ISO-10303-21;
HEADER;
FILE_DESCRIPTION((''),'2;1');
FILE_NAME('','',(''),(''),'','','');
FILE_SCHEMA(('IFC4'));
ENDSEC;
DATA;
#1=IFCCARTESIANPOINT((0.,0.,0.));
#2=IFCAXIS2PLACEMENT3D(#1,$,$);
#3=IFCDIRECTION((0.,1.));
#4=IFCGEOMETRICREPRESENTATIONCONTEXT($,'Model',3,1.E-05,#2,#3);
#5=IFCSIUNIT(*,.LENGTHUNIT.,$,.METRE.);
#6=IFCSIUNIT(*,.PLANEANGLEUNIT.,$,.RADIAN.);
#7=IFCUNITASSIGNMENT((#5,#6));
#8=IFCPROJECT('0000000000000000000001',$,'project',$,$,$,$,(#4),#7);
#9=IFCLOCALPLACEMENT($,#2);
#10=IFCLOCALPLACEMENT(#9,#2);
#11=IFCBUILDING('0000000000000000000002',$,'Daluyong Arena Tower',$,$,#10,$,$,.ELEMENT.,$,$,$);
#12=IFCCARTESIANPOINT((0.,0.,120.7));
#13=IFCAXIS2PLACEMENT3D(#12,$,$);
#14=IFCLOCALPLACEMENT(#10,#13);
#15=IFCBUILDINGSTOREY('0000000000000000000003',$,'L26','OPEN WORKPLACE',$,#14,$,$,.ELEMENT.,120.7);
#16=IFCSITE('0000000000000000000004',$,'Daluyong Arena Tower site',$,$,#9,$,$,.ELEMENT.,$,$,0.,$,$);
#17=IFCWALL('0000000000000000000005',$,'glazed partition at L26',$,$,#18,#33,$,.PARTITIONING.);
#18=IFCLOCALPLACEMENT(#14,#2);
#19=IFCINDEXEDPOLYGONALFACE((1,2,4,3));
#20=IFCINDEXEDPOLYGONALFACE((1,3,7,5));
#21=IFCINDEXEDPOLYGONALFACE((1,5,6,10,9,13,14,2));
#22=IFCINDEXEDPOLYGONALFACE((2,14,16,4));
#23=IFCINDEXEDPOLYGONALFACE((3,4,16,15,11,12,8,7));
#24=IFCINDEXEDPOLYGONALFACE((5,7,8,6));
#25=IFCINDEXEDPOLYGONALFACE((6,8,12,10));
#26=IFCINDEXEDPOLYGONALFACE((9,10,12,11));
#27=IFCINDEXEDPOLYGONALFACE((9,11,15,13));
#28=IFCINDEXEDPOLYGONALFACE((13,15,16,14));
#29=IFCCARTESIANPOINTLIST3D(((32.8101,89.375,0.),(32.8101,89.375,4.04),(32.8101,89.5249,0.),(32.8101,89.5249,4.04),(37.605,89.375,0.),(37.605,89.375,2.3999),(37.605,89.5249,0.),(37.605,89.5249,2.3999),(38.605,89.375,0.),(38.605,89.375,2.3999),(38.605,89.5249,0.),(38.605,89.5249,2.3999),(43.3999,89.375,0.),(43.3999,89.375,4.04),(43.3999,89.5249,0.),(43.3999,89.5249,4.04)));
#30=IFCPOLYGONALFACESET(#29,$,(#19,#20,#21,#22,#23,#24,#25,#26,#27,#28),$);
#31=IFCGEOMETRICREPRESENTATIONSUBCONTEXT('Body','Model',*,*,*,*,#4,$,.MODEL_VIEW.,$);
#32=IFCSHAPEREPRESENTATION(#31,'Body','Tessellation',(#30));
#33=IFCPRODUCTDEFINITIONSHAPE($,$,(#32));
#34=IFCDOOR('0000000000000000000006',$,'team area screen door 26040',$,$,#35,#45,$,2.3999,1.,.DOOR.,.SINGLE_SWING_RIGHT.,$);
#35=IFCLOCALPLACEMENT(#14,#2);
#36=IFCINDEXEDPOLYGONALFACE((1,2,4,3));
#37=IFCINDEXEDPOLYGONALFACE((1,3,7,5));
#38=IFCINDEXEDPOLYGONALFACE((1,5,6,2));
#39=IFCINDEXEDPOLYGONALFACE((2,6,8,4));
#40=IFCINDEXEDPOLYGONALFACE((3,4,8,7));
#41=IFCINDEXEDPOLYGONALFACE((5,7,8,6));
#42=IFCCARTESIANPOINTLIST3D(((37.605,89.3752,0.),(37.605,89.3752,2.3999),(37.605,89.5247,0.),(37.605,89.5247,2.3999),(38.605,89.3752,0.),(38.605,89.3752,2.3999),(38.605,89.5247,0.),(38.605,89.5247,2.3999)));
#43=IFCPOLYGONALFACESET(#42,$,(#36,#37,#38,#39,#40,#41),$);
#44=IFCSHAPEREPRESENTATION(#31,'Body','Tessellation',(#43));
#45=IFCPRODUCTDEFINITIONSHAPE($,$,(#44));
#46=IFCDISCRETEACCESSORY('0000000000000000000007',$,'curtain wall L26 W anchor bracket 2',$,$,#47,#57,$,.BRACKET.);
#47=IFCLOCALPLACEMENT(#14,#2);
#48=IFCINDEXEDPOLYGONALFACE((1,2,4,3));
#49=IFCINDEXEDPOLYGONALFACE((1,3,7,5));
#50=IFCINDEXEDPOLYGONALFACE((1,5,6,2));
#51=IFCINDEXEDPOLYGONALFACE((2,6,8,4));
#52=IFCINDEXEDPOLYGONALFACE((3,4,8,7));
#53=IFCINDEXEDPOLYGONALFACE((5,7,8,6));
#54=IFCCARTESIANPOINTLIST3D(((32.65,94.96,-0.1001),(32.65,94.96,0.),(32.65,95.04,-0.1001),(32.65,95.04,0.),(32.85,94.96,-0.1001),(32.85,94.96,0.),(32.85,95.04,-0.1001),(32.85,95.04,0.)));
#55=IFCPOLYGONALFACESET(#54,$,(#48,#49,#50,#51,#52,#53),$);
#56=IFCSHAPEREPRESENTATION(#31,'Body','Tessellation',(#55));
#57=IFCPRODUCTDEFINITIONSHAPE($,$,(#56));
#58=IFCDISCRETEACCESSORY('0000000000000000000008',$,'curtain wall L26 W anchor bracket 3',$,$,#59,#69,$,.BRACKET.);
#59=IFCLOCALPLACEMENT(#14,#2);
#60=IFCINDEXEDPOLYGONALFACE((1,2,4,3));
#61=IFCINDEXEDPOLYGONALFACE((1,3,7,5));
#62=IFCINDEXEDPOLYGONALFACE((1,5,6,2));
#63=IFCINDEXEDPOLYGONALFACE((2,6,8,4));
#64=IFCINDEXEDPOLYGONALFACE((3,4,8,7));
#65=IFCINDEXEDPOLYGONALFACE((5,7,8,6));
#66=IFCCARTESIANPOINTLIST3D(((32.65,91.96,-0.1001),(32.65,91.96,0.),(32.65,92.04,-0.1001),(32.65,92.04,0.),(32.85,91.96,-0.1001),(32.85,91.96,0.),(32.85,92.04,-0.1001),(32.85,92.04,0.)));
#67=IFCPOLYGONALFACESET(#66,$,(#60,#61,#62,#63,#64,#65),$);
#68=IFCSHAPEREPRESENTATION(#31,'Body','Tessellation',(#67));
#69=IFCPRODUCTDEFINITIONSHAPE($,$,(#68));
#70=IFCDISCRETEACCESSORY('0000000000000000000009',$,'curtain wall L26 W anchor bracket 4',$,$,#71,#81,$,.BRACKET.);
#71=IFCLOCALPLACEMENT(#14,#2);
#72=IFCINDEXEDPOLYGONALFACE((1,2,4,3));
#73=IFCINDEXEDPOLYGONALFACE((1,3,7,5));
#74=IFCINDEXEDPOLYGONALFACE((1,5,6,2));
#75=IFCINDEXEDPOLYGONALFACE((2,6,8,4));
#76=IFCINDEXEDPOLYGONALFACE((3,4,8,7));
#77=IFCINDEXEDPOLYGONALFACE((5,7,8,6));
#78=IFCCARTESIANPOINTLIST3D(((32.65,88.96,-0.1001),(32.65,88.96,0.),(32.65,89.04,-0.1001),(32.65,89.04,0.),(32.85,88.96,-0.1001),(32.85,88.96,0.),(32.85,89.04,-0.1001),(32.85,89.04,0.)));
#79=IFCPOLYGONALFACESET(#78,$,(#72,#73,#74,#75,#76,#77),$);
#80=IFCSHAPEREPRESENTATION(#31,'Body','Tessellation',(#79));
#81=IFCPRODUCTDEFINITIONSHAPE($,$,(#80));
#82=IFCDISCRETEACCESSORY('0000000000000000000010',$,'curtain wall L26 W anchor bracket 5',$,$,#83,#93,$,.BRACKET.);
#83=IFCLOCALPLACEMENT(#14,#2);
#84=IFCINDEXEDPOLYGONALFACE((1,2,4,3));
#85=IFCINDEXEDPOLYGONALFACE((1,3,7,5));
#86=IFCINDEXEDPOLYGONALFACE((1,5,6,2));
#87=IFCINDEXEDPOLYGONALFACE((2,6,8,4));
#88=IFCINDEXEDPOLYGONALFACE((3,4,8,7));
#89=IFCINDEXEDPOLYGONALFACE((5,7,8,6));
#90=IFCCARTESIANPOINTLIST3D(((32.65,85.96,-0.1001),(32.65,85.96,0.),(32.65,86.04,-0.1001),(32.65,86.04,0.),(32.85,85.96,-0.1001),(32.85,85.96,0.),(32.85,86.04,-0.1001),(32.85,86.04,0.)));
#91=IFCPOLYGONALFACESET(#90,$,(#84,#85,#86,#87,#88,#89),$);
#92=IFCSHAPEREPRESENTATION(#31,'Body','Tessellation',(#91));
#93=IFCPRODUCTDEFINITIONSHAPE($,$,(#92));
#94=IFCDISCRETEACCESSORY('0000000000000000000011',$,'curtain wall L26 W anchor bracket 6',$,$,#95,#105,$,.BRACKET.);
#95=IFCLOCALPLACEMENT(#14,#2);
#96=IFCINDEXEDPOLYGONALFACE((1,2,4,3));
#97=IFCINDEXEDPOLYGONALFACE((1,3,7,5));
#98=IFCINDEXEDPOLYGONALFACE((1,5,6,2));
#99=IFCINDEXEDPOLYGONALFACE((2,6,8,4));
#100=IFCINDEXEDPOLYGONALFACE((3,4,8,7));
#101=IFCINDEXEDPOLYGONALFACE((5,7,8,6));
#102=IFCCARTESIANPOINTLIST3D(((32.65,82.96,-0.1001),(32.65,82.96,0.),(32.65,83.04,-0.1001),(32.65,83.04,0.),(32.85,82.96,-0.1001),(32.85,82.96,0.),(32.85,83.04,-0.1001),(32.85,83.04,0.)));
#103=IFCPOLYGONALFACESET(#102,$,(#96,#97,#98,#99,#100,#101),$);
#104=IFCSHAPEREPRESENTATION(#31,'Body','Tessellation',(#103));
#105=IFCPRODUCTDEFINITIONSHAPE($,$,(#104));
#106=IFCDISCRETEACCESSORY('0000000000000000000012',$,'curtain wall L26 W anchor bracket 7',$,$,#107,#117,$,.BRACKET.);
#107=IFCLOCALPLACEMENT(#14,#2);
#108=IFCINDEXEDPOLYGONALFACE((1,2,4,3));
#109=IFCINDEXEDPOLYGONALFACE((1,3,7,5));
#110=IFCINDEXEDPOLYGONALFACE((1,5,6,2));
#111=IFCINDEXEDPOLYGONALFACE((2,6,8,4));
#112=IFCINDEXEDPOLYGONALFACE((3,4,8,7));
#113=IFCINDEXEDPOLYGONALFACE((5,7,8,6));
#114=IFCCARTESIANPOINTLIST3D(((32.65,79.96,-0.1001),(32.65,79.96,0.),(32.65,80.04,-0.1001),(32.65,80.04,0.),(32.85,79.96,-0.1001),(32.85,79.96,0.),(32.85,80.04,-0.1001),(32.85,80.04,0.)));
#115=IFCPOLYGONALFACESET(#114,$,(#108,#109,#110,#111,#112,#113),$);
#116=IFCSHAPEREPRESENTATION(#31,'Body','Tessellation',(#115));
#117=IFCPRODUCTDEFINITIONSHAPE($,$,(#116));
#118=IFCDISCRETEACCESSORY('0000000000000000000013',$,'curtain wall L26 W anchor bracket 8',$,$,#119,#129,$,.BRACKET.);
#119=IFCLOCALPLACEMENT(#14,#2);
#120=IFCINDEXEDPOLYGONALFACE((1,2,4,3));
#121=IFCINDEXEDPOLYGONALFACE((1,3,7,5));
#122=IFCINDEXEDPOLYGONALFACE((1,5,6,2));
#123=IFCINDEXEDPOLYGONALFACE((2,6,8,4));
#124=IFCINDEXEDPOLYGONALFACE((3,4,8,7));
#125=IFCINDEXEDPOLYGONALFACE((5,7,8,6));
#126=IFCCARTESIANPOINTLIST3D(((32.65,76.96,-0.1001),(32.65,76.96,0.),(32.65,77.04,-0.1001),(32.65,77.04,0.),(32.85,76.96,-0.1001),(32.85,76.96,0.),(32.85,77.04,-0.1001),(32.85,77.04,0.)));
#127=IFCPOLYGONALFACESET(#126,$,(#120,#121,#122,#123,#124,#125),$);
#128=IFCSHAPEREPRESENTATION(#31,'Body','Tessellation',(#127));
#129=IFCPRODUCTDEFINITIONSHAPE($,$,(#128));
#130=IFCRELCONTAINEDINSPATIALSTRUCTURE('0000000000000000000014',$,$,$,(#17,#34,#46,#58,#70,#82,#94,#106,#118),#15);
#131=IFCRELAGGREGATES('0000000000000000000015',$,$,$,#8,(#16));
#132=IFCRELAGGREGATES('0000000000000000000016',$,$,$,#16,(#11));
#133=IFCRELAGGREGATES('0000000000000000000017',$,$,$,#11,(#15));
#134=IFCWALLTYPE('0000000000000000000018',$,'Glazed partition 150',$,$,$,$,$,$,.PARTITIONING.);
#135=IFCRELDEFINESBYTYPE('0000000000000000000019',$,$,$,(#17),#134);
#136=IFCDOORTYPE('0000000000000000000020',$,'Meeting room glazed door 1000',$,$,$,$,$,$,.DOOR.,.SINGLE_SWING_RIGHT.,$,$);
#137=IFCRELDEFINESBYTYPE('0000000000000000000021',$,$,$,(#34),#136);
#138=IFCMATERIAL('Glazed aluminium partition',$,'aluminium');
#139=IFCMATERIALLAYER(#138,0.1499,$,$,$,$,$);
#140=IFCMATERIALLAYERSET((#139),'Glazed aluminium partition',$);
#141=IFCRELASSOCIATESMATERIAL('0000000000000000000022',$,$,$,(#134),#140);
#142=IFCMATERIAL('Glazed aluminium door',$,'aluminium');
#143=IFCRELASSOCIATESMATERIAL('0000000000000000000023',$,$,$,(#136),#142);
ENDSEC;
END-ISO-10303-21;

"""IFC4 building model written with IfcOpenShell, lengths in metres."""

from ifc_helpers import new_model, si_unit, direction, frame, frame_2d, origin, origin_2d, place, context, subcontext, project, spatial, rectangle, extrude, material, layer, layer_set, type_object, element, fill, save


model = new_model("IFC4")

# Units and contexts
model_context = context("Model", 3, precision=1e-05, world=origin(), true_north=direction((0.0, 1.0)))
body_context = subcontext(model_context, "Body", "Model", "MODEL_VIEW")
ifc_project = project(units=[si_unit("LENGTHUNIT", "METRE"), si_unit("PLANEANGLEUNIT", "RADIAN")], contexts=[model_context])

# Site, building, storey
site_placement = place(None, origin())
site = spatial("IfcSite", under=ifc_project, at=site_placement, Name="Daluyong Arena Tower site", CompositionType="ELEMENT", RefElevation=0.0)
building_placement = place(site_placement, origin())
building = spatial("IfcBuilding", under=site, at=building_placement, Name="Daluyong Arena Tower", CompositionType="ELEMENT")
storey_placement = place(building_placement, frame((0.0, 0.0, 120.7)))
storey = spatial("IfcBuildingStorey", under=building, at=storey_placement, Name="L26", Description="OPEN WORKPLACE", CompositionType="ELEMENT", Elevation=120.7)

# Wall, opening, door
ifc_material_1 = material(Name="Glazed aluminium partition", Category="aluminium")
ifc_layer_1 = layer(ifc_material_1, 0.1499)
ifc_layer_set_1 = layer_set([ifc_layer_1], Name="Glazed aluminium partition")
wall_type = type_object("IfcWallType", Name="Glazed partition 150", PredefinedType="PARTITIONING", material=ifc_layer_set_1)
wall_placement = place(storey_placement, frame((32.8101, 89.45, 0.0), z_axis=(0.0, 0.0, 1.0), x_axis=(1.0, 0.0, 0.0)))
wall = element("IfcWall", 1, at=wall_placement, inside=storey, type_object=wall_type, Name="glazed partition at L26", PredefinedType="PARTITIONING", context=body_context, shape_type="SweptSolid", body=[
    extrude(rectangle(XDim=10.5898, YDim=0.1499, at=frame_2d((5.2949, 0.0))), origin(), (0.0, 0.0, 1.0), 4.04),
])
opening_placement = place(wall_placement, frame((4.7949, 0.0, 0.0)))
opening = element("IfcOpeningElement", 2, at=opening_placement, cuts=wall, PredefinedType="OPENING", context=body_context, shape_type="SweptSolid", body=[
    extrude(rectangle(XDim=1.0, YDim=2.3999, at=frame_2d((0.5, 1.2))), frame((0.0, 0.085, 0.0), z_axis=(0.0, -1.0, 0.0), x_axis=(1.0, 0.0, 0.0)), (0.0, 0.0, 1.0), 0.1699),
])
ifc_material_2 = material(Name="Glazed aluminium door", Category="aluminium")
door_type = type_object("IfcDoorType", Name="Meeting room glazed door 1000", OperationType="SINGLE_SWING_RIGHT", PredefinedType="DOOR", material=ifc_material_2)
door_placement = place(opening_placement, origin())
door = element("IfcDoor", 3, at=door_placement, inside=storey, type_object=door_type, Name="team area screen door 26040", OperationType="SINGLE_SWING_RIGHT", OverallHeight=2.3999, OverallWidth=1.0, PredefinedType="DOOR", context=body_context, shape_type="SweptSolid", body=[
    extrude(rectangle(XDim=1.0, YDim=2.3999, at=frame_2d((0.5, 1.2))), frame((0.0, 0.0747, 0.0), z_axis=(0.0, -1.0, 0.0), x_axis=(1.0, 0.0, 0.0)), (0.0, 0.0, 1.0), 0.1494),
])
fill(opening, door)

# Discrete accessories
for number, where, z_axis, x_axis, name in (
    (4, (32.75, 95.0, -0.1001), (0.0, 0.0, 1.0), (0.0, -1.0, 0.0), "curtain wall L26 W anchor bracket 2"),
    (5, (32.75, 92.0, -0.1001), (0.0, 0.0, 1.0), (0.0, -1.0, 0.0), "curtain wall L26 W anchor bracket 3"),
    (6, (32.75, 89.0, -0.1001), (0.0, 0.0, 1.0), (0.0, -1.0, 0.0), "curtain wall L26 W anchor bracket 4"),
    (7, (32.75, 86.0, -0.1001), (0.0, 0.0, 1.0), (0.0, -1.0, 0.0), "curtain wall L26 W anchor bracket 5"),
    (8, (32.75, 83.0, -0.1001), (0.0, 0.0, 1.0), (0.0, -1.0, 0.0), "curtain wall L26 W anchor bracket 6"),
    (9, (32.75, 80.0, -0.1001), (0.0, 0.0, 1.0), (0.0, -1.0, 0.0), "curtain wall L26 W anchor bracket 7"),
    (10, (32.75, 77.0, -0.1001), (0.0, 0.0, 1.0), (0.0, -1.0, 0.0), "curtain wall L26 W anchor bracket 8"),
):
    element("IfcDiscreteAccessory", number, at=place(storey_placement, frame(where, z_axis=z_axis, x_axis=x_axis)), inside=storey, Name=name, PredefinedType="BRACKET", context=body_context, shape_type="SweptSolid", body=[
        extrude(rectangle(XDim=0.0801, YDim=0.2, at=origin_2d()), origin(), (0.0, 0.0, 1.0), 0.1001),
    ])

save(model, "model.ifc")
